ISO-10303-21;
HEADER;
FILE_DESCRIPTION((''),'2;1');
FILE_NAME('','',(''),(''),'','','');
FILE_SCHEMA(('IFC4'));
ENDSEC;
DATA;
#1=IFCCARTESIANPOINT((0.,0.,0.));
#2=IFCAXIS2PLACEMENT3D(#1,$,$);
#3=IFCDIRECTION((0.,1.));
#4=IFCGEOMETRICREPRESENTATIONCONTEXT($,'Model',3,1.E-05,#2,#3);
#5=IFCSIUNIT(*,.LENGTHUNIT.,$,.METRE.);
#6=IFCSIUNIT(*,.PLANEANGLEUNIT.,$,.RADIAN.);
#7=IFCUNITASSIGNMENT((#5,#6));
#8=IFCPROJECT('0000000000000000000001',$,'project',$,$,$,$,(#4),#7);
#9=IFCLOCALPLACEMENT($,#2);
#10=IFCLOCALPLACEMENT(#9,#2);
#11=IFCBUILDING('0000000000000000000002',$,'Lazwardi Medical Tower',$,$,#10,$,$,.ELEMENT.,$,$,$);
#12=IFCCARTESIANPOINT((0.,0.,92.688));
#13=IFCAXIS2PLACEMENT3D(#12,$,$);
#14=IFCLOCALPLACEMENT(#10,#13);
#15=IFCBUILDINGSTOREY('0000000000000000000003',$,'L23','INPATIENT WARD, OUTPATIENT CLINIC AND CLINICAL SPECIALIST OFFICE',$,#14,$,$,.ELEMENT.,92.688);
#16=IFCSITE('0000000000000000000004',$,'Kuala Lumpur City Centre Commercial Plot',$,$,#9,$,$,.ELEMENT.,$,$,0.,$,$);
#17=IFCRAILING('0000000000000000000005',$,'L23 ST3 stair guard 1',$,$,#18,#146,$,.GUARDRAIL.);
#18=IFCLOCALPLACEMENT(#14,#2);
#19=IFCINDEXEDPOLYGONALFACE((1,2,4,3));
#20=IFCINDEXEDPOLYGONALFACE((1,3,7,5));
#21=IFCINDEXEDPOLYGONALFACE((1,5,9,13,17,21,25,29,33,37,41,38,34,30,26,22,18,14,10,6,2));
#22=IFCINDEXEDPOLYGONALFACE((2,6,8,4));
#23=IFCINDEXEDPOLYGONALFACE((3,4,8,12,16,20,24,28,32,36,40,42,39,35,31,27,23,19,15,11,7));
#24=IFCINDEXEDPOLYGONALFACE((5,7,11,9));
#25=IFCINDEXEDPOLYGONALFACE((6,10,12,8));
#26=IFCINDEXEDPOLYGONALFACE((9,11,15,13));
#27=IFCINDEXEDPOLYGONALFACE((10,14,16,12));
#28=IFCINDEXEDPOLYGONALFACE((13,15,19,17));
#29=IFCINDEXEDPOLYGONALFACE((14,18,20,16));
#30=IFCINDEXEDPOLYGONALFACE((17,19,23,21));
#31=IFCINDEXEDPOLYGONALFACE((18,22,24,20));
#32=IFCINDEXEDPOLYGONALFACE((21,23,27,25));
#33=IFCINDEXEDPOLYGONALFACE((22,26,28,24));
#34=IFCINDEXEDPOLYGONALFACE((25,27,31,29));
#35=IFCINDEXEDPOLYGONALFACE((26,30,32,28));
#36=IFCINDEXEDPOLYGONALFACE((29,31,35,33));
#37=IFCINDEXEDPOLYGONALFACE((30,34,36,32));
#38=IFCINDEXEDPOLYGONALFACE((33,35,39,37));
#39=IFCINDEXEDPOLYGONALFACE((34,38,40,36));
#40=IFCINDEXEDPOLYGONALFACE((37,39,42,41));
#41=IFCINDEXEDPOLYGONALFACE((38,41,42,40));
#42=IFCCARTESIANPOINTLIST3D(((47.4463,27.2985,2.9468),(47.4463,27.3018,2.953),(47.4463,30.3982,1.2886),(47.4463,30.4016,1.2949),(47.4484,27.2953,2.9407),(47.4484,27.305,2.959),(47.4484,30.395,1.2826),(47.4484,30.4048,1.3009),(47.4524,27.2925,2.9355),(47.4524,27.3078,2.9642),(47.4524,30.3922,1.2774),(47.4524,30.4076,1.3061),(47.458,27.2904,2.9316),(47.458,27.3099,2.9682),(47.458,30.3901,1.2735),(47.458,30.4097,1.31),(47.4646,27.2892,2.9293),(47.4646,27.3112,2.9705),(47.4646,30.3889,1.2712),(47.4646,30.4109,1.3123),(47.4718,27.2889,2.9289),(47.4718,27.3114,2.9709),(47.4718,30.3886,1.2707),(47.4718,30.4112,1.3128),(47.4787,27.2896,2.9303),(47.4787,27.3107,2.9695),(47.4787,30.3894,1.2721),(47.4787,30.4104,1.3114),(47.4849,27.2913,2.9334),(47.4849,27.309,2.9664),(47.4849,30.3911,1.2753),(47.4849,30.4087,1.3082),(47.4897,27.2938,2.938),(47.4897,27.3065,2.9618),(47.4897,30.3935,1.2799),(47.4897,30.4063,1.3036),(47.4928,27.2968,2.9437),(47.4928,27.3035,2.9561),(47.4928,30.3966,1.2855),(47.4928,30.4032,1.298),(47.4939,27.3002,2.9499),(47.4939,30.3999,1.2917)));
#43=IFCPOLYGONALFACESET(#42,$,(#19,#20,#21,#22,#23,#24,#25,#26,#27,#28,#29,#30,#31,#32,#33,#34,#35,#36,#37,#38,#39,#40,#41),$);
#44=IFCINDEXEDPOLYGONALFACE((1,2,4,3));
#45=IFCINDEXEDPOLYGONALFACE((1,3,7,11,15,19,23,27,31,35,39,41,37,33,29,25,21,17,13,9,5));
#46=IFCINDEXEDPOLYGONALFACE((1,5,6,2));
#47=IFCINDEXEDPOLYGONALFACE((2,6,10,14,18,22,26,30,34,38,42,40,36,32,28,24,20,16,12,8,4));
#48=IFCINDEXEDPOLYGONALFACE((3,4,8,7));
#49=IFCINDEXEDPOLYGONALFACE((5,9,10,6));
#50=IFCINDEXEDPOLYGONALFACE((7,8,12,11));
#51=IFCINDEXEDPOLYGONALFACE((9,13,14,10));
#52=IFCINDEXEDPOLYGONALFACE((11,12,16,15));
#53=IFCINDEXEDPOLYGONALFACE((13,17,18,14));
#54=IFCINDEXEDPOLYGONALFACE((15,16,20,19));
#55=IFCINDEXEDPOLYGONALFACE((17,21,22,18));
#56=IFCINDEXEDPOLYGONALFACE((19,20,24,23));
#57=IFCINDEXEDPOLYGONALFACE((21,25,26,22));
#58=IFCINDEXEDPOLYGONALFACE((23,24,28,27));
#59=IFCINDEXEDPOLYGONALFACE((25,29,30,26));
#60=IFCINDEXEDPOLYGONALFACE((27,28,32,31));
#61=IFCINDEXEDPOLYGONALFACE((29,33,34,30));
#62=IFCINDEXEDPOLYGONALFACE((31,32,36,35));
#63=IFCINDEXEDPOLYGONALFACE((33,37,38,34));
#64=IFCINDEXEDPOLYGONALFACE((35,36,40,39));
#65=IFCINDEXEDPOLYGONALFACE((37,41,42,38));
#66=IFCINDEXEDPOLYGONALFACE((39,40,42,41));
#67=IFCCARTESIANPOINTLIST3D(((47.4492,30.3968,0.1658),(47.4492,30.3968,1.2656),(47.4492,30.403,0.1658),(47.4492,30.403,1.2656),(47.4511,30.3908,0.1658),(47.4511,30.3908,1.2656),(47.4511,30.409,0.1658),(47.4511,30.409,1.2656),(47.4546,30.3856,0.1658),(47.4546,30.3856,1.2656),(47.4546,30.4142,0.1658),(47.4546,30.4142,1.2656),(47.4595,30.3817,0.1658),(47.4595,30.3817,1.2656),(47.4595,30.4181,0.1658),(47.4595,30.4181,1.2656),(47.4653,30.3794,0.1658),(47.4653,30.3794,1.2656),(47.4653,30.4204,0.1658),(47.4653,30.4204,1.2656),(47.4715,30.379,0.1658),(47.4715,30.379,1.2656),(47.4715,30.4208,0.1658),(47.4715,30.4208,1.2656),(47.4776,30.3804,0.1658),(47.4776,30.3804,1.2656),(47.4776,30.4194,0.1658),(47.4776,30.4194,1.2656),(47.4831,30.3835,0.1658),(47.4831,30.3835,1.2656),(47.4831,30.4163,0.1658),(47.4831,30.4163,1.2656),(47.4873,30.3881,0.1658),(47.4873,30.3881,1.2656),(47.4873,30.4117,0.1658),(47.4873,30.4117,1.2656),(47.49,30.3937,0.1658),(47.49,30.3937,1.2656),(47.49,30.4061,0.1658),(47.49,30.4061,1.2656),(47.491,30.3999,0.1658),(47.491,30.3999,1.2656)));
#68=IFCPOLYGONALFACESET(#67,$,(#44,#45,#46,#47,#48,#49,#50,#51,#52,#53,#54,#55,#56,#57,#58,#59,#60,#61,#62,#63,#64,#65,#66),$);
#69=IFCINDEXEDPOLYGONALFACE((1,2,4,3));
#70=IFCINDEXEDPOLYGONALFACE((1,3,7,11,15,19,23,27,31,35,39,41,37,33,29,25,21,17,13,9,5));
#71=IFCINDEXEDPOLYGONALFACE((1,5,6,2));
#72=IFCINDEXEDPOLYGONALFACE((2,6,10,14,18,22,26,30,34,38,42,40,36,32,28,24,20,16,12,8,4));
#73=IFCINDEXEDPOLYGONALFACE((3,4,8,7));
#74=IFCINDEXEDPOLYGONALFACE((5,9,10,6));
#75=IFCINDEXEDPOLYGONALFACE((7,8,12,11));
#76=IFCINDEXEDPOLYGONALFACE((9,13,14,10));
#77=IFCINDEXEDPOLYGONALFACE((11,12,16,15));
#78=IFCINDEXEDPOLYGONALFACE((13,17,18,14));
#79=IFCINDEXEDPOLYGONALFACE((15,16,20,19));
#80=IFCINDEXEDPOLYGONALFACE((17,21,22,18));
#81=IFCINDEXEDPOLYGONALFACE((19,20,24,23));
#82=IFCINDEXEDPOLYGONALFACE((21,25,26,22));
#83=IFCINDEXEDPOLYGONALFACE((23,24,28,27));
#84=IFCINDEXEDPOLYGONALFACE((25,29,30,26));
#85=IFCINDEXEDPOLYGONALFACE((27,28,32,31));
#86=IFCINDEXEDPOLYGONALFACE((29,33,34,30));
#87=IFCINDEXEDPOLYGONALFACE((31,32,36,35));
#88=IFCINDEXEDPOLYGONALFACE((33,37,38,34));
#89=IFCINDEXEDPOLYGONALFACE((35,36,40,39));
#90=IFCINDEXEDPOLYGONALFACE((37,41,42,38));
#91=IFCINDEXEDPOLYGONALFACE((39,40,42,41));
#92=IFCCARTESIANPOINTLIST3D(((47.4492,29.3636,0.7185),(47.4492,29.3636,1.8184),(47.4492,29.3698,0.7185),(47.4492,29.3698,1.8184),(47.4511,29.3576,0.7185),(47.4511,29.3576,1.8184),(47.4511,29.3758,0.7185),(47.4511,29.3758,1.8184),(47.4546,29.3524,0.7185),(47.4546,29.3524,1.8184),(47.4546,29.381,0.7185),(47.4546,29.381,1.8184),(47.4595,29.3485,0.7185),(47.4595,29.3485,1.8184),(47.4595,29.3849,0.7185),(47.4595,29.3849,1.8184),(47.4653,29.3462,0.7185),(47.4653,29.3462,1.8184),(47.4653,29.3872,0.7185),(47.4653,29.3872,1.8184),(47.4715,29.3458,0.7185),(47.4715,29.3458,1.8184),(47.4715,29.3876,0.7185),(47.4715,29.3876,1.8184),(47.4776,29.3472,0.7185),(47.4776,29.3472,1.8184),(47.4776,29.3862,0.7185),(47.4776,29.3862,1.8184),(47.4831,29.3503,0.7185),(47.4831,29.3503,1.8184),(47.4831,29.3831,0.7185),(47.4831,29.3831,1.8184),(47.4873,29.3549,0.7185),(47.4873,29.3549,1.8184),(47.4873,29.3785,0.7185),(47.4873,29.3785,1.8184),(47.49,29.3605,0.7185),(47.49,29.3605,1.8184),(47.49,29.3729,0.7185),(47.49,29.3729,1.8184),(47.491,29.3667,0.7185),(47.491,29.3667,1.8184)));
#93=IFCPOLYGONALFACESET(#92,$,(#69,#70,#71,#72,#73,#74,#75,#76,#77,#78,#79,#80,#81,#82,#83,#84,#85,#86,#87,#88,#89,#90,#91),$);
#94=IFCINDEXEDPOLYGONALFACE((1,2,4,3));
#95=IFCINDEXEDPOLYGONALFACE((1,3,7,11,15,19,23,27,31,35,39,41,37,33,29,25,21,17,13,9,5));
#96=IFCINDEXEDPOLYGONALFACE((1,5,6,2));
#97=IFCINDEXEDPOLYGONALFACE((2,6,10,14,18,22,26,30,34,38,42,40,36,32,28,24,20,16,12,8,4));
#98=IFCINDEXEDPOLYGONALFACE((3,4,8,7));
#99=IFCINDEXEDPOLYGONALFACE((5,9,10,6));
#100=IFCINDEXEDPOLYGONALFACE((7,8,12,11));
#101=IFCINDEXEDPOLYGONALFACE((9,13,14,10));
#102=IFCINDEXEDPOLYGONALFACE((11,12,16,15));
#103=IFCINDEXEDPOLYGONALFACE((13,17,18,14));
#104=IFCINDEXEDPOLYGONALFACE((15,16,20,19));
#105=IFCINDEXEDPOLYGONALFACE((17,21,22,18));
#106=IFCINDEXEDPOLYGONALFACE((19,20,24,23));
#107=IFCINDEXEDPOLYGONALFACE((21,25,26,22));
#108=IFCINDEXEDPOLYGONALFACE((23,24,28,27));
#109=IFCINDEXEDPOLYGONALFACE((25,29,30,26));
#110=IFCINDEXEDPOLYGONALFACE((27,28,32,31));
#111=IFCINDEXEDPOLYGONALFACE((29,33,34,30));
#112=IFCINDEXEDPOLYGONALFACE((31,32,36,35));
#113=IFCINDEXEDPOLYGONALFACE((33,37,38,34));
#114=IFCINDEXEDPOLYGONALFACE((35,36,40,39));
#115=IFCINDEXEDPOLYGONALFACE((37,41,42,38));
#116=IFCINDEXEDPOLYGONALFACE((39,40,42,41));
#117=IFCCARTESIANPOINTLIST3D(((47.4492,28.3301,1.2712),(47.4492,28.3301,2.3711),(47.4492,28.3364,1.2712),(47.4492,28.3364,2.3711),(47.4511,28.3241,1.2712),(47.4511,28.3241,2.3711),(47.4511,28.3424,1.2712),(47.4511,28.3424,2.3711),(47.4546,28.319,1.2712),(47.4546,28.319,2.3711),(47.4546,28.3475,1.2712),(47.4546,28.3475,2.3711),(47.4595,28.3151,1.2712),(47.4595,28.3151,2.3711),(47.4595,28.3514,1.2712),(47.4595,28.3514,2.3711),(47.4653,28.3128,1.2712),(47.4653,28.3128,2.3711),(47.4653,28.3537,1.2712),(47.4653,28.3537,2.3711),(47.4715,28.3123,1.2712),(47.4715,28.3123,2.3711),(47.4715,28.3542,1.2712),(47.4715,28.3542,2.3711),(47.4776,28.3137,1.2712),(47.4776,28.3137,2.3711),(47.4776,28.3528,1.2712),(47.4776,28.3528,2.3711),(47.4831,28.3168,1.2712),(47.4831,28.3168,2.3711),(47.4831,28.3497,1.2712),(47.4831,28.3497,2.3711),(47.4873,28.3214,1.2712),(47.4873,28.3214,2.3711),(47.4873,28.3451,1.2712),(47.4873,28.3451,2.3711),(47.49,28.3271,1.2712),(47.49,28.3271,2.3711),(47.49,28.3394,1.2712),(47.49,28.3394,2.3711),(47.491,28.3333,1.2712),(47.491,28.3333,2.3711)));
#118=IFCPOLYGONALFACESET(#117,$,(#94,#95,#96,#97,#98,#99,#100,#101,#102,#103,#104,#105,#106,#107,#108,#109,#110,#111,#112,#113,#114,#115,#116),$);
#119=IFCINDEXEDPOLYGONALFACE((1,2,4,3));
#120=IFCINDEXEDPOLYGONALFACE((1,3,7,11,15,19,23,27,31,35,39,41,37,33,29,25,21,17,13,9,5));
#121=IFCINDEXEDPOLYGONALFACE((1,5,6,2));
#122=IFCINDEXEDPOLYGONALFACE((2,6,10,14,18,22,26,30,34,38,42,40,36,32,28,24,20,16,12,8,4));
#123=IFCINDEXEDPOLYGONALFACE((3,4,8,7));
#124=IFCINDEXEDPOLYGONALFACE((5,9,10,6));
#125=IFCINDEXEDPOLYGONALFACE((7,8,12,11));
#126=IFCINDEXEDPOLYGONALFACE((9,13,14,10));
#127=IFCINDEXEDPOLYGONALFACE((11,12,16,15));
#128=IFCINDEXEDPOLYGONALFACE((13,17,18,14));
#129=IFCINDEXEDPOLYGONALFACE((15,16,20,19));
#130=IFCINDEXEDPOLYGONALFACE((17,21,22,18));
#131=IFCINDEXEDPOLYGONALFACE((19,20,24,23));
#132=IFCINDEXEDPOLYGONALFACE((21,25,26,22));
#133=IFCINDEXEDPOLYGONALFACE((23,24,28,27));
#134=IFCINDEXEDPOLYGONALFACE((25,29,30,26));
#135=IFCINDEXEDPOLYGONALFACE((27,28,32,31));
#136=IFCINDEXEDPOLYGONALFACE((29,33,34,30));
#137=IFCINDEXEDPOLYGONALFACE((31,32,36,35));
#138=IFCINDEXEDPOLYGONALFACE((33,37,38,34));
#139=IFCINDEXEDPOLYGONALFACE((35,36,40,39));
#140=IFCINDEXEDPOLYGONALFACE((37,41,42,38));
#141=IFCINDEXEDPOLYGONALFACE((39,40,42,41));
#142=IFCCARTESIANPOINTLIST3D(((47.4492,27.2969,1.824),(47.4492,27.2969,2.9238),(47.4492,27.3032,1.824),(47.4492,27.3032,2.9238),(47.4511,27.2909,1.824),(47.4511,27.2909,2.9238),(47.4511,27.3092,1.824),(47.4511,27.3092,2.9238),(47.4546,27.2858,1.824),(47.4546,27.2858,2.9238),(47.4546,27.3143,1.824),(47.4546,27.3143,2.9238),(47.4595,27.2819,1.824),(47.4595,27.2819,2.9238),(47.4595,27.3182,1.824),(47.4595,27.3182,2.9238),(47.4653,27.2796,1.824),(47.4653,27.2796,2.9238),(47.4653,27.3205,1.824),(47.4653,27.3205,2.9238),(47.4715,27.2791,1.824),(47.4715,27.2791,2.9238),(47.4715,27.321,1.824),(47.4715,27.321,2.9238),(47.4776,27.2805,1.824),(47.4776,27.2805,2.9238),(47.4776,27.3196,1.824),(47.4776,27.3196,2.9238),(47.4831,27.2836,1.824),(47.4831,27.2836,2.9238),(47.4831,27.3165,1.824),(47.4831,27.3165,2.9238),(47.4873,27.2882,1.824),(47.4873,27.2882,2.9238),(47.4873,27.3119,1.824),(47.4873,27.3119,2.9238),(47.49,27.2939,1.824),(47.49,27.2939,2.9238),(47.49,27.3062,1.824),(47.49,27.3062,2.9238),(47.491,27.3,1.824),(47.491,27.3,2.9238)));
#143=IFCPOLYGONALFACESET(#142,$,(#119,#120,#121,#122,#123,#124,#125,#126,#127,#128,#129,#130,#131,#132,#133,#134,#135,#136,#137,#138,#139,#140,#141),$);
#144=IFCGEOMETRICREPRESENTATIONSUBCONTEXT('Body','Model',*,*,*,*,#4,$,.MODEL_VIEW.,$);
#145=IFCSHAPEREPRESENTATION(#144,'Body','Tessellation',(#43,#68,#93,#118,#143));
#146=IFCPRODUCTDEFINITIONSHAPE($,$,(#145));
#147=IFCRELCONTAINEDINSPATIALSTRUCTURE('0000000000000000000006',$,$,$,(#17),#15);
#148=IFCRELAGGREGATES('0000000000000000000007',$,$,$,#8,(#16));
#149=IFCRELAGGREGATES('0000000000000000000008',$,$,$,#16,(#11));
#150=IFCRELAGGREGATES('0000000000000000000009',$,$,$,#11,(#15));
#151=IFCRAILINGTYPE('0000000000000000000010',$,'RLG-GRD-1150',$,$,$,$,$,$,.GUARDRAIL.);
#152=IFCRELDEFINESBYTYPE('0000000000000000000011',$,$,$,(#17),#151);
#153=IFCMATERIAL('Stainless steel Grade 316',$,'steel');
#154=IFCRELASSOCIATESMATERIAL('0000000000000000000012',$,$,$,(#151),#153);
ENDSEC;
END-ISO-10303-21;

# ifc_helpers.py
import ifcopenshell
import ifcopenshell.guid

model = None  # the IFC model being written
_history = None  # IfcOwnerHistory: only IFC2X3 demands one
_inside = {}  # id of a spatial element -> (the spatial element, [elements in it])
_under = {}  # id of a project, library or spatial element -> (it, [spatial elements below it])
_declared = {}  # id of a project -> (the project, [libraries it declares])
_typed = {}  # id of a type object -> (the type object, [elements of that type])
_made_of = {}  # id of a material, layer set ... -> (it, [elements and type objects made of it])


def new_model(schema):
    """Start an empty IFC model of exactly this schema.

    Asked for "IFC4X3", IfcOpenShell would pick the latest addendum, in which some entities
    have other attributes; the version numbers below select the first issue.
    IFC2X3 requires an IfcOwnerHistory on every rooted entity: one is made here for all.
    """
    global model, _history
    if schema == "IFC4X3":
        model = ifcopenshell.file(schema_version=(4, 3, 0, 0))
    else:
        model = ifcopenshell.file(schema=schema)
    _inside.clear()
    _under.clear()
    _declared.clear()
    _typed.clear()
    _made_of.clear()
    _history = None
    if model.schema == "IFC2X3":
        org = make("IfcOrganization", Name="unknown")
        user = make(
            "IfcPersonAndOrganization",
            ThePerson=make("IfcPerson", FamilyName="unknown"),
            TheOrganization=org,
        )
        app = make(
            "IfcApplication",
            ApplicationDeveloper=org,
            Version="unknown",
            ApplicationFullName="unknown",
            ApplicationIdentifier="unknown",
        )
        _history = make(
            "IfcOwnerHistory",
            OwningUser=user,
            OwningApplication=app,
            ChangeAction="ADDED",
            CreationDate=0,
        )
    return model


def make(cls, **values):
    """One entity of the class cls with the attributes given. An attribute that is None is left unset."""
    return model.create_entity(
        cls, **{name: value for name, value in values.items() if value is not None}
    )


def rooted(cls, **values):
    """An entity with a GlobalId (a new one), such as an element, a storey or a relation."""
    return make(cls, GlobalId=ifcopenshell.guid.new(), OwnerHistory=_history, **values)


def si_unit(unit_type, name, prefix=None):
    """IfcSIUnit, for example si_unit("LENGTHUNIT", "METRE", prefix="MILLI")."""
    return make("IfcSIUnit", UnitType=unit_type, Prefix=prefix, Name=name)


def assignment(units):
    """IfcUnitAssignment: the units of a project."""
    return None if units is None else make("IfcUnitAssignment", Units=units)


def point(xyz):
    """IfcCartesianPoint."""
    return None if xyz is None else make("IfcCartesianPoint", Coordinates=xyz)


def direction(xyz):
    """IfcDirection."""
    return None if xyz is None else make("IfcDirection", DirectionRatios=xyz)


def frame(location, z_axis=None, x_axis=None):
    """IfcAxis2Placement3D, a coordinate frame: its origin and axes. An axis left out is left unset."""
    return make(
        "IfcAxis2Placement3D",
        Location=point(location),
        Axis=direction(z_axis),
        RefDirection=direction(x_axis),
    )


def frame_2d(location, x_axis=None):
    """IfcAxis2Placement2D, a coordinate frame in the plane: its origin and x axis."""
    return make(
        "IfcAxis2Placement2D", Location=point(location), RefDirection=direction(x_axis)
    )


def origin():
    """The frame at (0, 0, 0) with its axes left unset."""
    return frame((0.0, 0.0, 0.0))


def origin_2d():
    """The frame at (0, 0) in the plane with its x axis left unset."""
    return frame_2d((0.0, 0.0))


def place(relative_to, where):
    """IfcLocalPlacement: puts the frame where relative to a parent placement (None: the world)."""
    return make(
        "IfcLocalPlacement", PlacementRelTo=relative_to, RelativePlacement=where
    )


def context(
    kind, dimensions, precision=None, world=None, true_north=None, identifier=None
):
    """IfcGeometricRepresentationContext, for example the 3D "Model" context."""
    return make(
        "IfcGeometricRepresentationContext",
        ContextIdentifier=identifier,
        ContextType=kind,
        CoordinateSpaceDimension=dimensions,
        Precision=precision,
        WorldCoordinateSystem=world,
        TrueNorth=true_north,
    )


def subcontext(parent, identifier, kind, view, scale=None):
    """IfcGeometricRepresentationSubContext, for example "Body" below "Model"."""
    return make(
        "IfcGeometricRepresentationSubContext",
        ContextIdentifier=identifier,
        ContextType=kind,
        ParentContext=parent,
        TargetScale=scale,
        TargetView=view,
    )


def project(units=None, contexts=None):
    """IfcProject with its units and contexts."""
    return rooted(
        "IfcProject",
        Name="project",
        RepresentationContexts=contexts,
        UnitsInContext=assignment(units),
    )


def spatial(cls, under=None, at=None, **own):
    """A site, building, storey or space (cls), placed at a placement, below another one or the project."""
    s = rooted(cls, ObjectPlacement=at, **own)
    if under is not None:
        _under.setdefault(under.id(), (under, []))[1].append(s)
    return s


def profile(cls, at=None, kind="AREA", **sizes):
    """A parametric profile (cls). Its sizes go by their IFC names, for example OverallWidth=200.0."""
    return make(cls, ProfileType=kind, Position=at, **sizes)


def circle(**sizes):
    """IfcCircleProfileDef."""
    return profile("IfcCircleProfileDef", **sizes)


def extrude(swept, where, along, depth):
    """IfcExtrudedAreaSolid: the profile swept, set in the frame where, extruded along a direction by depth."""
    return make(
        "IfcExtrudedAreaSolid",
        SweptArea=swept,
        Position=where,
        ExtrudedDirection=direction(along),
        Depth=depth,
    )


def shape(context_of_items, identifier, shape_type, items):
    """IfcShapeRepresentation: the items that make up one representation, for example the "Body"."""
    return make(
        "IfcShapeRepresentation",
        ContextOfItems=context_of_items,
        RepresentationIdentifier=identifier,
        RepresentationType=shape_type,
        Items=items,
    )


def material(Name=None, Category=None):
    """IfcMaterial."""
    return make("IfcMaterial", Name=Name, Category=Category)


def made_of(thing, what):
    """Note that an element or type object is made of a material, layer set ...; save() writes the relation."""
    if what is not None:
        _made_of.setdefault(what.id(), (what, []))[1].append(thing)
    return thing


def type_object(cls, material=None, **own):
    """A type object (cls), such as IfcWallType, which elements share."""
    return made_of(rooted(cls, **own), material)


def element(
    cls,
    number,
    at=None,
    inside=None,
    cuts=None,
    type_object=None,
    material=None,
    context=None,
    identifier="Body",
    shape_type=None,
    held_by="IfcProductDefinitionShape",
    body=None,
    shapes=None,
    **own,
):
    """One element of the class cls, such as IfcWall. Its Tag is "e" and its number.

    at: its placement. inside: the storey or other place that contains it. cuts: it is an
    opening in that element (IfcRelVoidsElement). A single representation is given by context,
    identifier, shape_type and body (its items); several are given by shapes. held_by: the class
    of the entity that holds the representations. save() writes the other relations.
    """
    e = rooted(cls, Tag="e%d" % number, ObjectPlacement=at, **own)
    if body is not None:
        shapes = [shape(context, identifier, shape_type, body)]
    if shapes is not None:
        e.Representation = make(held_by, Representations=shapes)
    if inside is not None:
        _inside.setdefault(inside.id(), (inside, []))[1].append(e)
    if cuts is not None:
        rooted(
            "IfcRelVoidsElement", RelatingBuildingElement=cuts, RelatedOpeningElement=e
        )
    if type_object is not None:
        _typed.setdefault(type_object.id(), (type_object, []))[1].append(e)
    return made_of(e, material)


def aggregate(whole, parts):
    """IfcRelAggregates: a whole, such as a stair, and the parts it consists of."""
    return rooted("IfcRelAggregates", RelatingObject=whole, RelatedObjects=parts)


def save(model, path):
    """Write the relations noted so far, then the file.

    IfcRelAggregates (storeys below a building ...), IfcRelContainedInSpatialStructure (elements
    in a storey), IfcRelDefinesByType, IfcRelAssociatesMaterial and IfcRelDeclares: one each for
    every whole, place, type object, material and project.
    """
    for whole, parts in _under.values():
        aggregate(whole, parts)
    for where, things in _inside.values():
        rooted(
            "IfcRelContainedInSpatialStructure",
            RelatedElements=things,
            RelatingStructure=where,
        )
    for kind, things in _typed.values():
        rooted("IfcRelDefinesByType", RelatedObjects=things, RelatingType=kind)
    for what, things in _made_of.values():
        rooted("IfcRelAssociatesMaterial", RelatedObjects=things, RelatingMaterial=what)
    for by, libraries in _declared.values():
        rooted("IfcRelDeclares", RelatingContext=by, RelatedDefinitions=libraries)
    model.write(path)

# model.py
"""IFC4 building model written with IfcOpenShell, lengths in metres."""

from ifc_helpers import new_model, si_unit, direction, frame, origin, origin_2d, place, context, subcontext, project, spatial, circle, extrude, material, type_object, element, save


model = new_model("IFC4")

# Units and contexts
model_context = context("Model", 3, precision=1e-05, world=origin(), true_north=direction((0.0, 1.0)))
body_context = subcontext(model_context, "Body", "Model", "MODEL_VIEW")
ifc_project = project(units=[si_unit("LENGTHUNIT", "METRE"), si_unit("PLANEANGLEUNIT", "RADIAN")], contexts=[model_context])

# Site, building, storey
site_placement = place(None, origin())
site = spatial("IfcSite", under=ifc_project, at=site_placement, Name="Kuala Lumpur City Centre Commercial Plot", CompositionType="ELEMENT", RefElevation=0.0)
building_placement = place(site_placement, origin())
building = spatial("IfcBuilding", under=site, at=building_placement, Name="Lazwardi Medical Tower", CompositionType="ELEMENT")
storey_placement = place(building_placement, frame((0.0, 0.0, 92.688)))
storey = spatial("IfcBuildingStorey", under=building, at=storey_placement, Name="L23", Description="INPATIENT WARD, OUTPATIENT CLINIC AND CLINICAL SPECIALIST OFFICE", CompositionType="ELEMENT", Elevation=92.688)

# Railing
ifc_material_1 = material(Name="Stainless steel Grade 316", Category="steel")
railing_type_1 = type_object("IfcRailingType", Name="RLG-GRD-1150", PredefinedType="GUARDRAIL", material=ifc_material_1)
railing_1_placement = place(storey_placement, frame((47.47, 30.3999, 0.1658)))
element("IfcRailing", 1, at=railing_1_placement, inside=storey, type_object=railing_type_1, Name="L23 ST3 stair guard 1", PredefinedType="GUARDRAIL", context=body_context, shape_type="SweptSolid", body=[
    extrude(circle(Radius=0.0239, at=origin_2d()), frame((0.0, 0.0, 1.126), z_axis=(0.0, -0.881768, 0.471684), x_axis=(1.0, 0.0, 0.0)), (0.0, 0.0, 1.0), 3.5154),
    extrude(circle(Radius=0.021, at=origin_2d()), origin(), (0.0, 0.0, 1.0), 1.0999),
    extrude(circle(Radius=0.021, at=origin_2d()), frame((0.0, -1.0332, 0.5527)), (0.0, 0.0, 1.0), 1.0999),
    extrude(circle(Radius=0.021, at=origin_2d()), frame((0.0, -2.0667, 1.1055)), (0.0, 0.0, 1.0), 1.0999),
    extrude(circle(Radius=0.021, at=origin_2d()), frame((0.0, -3.0999, 1.6582)), (0.0, 0.0, 1.0), 1.0999),
])

save(model, "model.ifc")
